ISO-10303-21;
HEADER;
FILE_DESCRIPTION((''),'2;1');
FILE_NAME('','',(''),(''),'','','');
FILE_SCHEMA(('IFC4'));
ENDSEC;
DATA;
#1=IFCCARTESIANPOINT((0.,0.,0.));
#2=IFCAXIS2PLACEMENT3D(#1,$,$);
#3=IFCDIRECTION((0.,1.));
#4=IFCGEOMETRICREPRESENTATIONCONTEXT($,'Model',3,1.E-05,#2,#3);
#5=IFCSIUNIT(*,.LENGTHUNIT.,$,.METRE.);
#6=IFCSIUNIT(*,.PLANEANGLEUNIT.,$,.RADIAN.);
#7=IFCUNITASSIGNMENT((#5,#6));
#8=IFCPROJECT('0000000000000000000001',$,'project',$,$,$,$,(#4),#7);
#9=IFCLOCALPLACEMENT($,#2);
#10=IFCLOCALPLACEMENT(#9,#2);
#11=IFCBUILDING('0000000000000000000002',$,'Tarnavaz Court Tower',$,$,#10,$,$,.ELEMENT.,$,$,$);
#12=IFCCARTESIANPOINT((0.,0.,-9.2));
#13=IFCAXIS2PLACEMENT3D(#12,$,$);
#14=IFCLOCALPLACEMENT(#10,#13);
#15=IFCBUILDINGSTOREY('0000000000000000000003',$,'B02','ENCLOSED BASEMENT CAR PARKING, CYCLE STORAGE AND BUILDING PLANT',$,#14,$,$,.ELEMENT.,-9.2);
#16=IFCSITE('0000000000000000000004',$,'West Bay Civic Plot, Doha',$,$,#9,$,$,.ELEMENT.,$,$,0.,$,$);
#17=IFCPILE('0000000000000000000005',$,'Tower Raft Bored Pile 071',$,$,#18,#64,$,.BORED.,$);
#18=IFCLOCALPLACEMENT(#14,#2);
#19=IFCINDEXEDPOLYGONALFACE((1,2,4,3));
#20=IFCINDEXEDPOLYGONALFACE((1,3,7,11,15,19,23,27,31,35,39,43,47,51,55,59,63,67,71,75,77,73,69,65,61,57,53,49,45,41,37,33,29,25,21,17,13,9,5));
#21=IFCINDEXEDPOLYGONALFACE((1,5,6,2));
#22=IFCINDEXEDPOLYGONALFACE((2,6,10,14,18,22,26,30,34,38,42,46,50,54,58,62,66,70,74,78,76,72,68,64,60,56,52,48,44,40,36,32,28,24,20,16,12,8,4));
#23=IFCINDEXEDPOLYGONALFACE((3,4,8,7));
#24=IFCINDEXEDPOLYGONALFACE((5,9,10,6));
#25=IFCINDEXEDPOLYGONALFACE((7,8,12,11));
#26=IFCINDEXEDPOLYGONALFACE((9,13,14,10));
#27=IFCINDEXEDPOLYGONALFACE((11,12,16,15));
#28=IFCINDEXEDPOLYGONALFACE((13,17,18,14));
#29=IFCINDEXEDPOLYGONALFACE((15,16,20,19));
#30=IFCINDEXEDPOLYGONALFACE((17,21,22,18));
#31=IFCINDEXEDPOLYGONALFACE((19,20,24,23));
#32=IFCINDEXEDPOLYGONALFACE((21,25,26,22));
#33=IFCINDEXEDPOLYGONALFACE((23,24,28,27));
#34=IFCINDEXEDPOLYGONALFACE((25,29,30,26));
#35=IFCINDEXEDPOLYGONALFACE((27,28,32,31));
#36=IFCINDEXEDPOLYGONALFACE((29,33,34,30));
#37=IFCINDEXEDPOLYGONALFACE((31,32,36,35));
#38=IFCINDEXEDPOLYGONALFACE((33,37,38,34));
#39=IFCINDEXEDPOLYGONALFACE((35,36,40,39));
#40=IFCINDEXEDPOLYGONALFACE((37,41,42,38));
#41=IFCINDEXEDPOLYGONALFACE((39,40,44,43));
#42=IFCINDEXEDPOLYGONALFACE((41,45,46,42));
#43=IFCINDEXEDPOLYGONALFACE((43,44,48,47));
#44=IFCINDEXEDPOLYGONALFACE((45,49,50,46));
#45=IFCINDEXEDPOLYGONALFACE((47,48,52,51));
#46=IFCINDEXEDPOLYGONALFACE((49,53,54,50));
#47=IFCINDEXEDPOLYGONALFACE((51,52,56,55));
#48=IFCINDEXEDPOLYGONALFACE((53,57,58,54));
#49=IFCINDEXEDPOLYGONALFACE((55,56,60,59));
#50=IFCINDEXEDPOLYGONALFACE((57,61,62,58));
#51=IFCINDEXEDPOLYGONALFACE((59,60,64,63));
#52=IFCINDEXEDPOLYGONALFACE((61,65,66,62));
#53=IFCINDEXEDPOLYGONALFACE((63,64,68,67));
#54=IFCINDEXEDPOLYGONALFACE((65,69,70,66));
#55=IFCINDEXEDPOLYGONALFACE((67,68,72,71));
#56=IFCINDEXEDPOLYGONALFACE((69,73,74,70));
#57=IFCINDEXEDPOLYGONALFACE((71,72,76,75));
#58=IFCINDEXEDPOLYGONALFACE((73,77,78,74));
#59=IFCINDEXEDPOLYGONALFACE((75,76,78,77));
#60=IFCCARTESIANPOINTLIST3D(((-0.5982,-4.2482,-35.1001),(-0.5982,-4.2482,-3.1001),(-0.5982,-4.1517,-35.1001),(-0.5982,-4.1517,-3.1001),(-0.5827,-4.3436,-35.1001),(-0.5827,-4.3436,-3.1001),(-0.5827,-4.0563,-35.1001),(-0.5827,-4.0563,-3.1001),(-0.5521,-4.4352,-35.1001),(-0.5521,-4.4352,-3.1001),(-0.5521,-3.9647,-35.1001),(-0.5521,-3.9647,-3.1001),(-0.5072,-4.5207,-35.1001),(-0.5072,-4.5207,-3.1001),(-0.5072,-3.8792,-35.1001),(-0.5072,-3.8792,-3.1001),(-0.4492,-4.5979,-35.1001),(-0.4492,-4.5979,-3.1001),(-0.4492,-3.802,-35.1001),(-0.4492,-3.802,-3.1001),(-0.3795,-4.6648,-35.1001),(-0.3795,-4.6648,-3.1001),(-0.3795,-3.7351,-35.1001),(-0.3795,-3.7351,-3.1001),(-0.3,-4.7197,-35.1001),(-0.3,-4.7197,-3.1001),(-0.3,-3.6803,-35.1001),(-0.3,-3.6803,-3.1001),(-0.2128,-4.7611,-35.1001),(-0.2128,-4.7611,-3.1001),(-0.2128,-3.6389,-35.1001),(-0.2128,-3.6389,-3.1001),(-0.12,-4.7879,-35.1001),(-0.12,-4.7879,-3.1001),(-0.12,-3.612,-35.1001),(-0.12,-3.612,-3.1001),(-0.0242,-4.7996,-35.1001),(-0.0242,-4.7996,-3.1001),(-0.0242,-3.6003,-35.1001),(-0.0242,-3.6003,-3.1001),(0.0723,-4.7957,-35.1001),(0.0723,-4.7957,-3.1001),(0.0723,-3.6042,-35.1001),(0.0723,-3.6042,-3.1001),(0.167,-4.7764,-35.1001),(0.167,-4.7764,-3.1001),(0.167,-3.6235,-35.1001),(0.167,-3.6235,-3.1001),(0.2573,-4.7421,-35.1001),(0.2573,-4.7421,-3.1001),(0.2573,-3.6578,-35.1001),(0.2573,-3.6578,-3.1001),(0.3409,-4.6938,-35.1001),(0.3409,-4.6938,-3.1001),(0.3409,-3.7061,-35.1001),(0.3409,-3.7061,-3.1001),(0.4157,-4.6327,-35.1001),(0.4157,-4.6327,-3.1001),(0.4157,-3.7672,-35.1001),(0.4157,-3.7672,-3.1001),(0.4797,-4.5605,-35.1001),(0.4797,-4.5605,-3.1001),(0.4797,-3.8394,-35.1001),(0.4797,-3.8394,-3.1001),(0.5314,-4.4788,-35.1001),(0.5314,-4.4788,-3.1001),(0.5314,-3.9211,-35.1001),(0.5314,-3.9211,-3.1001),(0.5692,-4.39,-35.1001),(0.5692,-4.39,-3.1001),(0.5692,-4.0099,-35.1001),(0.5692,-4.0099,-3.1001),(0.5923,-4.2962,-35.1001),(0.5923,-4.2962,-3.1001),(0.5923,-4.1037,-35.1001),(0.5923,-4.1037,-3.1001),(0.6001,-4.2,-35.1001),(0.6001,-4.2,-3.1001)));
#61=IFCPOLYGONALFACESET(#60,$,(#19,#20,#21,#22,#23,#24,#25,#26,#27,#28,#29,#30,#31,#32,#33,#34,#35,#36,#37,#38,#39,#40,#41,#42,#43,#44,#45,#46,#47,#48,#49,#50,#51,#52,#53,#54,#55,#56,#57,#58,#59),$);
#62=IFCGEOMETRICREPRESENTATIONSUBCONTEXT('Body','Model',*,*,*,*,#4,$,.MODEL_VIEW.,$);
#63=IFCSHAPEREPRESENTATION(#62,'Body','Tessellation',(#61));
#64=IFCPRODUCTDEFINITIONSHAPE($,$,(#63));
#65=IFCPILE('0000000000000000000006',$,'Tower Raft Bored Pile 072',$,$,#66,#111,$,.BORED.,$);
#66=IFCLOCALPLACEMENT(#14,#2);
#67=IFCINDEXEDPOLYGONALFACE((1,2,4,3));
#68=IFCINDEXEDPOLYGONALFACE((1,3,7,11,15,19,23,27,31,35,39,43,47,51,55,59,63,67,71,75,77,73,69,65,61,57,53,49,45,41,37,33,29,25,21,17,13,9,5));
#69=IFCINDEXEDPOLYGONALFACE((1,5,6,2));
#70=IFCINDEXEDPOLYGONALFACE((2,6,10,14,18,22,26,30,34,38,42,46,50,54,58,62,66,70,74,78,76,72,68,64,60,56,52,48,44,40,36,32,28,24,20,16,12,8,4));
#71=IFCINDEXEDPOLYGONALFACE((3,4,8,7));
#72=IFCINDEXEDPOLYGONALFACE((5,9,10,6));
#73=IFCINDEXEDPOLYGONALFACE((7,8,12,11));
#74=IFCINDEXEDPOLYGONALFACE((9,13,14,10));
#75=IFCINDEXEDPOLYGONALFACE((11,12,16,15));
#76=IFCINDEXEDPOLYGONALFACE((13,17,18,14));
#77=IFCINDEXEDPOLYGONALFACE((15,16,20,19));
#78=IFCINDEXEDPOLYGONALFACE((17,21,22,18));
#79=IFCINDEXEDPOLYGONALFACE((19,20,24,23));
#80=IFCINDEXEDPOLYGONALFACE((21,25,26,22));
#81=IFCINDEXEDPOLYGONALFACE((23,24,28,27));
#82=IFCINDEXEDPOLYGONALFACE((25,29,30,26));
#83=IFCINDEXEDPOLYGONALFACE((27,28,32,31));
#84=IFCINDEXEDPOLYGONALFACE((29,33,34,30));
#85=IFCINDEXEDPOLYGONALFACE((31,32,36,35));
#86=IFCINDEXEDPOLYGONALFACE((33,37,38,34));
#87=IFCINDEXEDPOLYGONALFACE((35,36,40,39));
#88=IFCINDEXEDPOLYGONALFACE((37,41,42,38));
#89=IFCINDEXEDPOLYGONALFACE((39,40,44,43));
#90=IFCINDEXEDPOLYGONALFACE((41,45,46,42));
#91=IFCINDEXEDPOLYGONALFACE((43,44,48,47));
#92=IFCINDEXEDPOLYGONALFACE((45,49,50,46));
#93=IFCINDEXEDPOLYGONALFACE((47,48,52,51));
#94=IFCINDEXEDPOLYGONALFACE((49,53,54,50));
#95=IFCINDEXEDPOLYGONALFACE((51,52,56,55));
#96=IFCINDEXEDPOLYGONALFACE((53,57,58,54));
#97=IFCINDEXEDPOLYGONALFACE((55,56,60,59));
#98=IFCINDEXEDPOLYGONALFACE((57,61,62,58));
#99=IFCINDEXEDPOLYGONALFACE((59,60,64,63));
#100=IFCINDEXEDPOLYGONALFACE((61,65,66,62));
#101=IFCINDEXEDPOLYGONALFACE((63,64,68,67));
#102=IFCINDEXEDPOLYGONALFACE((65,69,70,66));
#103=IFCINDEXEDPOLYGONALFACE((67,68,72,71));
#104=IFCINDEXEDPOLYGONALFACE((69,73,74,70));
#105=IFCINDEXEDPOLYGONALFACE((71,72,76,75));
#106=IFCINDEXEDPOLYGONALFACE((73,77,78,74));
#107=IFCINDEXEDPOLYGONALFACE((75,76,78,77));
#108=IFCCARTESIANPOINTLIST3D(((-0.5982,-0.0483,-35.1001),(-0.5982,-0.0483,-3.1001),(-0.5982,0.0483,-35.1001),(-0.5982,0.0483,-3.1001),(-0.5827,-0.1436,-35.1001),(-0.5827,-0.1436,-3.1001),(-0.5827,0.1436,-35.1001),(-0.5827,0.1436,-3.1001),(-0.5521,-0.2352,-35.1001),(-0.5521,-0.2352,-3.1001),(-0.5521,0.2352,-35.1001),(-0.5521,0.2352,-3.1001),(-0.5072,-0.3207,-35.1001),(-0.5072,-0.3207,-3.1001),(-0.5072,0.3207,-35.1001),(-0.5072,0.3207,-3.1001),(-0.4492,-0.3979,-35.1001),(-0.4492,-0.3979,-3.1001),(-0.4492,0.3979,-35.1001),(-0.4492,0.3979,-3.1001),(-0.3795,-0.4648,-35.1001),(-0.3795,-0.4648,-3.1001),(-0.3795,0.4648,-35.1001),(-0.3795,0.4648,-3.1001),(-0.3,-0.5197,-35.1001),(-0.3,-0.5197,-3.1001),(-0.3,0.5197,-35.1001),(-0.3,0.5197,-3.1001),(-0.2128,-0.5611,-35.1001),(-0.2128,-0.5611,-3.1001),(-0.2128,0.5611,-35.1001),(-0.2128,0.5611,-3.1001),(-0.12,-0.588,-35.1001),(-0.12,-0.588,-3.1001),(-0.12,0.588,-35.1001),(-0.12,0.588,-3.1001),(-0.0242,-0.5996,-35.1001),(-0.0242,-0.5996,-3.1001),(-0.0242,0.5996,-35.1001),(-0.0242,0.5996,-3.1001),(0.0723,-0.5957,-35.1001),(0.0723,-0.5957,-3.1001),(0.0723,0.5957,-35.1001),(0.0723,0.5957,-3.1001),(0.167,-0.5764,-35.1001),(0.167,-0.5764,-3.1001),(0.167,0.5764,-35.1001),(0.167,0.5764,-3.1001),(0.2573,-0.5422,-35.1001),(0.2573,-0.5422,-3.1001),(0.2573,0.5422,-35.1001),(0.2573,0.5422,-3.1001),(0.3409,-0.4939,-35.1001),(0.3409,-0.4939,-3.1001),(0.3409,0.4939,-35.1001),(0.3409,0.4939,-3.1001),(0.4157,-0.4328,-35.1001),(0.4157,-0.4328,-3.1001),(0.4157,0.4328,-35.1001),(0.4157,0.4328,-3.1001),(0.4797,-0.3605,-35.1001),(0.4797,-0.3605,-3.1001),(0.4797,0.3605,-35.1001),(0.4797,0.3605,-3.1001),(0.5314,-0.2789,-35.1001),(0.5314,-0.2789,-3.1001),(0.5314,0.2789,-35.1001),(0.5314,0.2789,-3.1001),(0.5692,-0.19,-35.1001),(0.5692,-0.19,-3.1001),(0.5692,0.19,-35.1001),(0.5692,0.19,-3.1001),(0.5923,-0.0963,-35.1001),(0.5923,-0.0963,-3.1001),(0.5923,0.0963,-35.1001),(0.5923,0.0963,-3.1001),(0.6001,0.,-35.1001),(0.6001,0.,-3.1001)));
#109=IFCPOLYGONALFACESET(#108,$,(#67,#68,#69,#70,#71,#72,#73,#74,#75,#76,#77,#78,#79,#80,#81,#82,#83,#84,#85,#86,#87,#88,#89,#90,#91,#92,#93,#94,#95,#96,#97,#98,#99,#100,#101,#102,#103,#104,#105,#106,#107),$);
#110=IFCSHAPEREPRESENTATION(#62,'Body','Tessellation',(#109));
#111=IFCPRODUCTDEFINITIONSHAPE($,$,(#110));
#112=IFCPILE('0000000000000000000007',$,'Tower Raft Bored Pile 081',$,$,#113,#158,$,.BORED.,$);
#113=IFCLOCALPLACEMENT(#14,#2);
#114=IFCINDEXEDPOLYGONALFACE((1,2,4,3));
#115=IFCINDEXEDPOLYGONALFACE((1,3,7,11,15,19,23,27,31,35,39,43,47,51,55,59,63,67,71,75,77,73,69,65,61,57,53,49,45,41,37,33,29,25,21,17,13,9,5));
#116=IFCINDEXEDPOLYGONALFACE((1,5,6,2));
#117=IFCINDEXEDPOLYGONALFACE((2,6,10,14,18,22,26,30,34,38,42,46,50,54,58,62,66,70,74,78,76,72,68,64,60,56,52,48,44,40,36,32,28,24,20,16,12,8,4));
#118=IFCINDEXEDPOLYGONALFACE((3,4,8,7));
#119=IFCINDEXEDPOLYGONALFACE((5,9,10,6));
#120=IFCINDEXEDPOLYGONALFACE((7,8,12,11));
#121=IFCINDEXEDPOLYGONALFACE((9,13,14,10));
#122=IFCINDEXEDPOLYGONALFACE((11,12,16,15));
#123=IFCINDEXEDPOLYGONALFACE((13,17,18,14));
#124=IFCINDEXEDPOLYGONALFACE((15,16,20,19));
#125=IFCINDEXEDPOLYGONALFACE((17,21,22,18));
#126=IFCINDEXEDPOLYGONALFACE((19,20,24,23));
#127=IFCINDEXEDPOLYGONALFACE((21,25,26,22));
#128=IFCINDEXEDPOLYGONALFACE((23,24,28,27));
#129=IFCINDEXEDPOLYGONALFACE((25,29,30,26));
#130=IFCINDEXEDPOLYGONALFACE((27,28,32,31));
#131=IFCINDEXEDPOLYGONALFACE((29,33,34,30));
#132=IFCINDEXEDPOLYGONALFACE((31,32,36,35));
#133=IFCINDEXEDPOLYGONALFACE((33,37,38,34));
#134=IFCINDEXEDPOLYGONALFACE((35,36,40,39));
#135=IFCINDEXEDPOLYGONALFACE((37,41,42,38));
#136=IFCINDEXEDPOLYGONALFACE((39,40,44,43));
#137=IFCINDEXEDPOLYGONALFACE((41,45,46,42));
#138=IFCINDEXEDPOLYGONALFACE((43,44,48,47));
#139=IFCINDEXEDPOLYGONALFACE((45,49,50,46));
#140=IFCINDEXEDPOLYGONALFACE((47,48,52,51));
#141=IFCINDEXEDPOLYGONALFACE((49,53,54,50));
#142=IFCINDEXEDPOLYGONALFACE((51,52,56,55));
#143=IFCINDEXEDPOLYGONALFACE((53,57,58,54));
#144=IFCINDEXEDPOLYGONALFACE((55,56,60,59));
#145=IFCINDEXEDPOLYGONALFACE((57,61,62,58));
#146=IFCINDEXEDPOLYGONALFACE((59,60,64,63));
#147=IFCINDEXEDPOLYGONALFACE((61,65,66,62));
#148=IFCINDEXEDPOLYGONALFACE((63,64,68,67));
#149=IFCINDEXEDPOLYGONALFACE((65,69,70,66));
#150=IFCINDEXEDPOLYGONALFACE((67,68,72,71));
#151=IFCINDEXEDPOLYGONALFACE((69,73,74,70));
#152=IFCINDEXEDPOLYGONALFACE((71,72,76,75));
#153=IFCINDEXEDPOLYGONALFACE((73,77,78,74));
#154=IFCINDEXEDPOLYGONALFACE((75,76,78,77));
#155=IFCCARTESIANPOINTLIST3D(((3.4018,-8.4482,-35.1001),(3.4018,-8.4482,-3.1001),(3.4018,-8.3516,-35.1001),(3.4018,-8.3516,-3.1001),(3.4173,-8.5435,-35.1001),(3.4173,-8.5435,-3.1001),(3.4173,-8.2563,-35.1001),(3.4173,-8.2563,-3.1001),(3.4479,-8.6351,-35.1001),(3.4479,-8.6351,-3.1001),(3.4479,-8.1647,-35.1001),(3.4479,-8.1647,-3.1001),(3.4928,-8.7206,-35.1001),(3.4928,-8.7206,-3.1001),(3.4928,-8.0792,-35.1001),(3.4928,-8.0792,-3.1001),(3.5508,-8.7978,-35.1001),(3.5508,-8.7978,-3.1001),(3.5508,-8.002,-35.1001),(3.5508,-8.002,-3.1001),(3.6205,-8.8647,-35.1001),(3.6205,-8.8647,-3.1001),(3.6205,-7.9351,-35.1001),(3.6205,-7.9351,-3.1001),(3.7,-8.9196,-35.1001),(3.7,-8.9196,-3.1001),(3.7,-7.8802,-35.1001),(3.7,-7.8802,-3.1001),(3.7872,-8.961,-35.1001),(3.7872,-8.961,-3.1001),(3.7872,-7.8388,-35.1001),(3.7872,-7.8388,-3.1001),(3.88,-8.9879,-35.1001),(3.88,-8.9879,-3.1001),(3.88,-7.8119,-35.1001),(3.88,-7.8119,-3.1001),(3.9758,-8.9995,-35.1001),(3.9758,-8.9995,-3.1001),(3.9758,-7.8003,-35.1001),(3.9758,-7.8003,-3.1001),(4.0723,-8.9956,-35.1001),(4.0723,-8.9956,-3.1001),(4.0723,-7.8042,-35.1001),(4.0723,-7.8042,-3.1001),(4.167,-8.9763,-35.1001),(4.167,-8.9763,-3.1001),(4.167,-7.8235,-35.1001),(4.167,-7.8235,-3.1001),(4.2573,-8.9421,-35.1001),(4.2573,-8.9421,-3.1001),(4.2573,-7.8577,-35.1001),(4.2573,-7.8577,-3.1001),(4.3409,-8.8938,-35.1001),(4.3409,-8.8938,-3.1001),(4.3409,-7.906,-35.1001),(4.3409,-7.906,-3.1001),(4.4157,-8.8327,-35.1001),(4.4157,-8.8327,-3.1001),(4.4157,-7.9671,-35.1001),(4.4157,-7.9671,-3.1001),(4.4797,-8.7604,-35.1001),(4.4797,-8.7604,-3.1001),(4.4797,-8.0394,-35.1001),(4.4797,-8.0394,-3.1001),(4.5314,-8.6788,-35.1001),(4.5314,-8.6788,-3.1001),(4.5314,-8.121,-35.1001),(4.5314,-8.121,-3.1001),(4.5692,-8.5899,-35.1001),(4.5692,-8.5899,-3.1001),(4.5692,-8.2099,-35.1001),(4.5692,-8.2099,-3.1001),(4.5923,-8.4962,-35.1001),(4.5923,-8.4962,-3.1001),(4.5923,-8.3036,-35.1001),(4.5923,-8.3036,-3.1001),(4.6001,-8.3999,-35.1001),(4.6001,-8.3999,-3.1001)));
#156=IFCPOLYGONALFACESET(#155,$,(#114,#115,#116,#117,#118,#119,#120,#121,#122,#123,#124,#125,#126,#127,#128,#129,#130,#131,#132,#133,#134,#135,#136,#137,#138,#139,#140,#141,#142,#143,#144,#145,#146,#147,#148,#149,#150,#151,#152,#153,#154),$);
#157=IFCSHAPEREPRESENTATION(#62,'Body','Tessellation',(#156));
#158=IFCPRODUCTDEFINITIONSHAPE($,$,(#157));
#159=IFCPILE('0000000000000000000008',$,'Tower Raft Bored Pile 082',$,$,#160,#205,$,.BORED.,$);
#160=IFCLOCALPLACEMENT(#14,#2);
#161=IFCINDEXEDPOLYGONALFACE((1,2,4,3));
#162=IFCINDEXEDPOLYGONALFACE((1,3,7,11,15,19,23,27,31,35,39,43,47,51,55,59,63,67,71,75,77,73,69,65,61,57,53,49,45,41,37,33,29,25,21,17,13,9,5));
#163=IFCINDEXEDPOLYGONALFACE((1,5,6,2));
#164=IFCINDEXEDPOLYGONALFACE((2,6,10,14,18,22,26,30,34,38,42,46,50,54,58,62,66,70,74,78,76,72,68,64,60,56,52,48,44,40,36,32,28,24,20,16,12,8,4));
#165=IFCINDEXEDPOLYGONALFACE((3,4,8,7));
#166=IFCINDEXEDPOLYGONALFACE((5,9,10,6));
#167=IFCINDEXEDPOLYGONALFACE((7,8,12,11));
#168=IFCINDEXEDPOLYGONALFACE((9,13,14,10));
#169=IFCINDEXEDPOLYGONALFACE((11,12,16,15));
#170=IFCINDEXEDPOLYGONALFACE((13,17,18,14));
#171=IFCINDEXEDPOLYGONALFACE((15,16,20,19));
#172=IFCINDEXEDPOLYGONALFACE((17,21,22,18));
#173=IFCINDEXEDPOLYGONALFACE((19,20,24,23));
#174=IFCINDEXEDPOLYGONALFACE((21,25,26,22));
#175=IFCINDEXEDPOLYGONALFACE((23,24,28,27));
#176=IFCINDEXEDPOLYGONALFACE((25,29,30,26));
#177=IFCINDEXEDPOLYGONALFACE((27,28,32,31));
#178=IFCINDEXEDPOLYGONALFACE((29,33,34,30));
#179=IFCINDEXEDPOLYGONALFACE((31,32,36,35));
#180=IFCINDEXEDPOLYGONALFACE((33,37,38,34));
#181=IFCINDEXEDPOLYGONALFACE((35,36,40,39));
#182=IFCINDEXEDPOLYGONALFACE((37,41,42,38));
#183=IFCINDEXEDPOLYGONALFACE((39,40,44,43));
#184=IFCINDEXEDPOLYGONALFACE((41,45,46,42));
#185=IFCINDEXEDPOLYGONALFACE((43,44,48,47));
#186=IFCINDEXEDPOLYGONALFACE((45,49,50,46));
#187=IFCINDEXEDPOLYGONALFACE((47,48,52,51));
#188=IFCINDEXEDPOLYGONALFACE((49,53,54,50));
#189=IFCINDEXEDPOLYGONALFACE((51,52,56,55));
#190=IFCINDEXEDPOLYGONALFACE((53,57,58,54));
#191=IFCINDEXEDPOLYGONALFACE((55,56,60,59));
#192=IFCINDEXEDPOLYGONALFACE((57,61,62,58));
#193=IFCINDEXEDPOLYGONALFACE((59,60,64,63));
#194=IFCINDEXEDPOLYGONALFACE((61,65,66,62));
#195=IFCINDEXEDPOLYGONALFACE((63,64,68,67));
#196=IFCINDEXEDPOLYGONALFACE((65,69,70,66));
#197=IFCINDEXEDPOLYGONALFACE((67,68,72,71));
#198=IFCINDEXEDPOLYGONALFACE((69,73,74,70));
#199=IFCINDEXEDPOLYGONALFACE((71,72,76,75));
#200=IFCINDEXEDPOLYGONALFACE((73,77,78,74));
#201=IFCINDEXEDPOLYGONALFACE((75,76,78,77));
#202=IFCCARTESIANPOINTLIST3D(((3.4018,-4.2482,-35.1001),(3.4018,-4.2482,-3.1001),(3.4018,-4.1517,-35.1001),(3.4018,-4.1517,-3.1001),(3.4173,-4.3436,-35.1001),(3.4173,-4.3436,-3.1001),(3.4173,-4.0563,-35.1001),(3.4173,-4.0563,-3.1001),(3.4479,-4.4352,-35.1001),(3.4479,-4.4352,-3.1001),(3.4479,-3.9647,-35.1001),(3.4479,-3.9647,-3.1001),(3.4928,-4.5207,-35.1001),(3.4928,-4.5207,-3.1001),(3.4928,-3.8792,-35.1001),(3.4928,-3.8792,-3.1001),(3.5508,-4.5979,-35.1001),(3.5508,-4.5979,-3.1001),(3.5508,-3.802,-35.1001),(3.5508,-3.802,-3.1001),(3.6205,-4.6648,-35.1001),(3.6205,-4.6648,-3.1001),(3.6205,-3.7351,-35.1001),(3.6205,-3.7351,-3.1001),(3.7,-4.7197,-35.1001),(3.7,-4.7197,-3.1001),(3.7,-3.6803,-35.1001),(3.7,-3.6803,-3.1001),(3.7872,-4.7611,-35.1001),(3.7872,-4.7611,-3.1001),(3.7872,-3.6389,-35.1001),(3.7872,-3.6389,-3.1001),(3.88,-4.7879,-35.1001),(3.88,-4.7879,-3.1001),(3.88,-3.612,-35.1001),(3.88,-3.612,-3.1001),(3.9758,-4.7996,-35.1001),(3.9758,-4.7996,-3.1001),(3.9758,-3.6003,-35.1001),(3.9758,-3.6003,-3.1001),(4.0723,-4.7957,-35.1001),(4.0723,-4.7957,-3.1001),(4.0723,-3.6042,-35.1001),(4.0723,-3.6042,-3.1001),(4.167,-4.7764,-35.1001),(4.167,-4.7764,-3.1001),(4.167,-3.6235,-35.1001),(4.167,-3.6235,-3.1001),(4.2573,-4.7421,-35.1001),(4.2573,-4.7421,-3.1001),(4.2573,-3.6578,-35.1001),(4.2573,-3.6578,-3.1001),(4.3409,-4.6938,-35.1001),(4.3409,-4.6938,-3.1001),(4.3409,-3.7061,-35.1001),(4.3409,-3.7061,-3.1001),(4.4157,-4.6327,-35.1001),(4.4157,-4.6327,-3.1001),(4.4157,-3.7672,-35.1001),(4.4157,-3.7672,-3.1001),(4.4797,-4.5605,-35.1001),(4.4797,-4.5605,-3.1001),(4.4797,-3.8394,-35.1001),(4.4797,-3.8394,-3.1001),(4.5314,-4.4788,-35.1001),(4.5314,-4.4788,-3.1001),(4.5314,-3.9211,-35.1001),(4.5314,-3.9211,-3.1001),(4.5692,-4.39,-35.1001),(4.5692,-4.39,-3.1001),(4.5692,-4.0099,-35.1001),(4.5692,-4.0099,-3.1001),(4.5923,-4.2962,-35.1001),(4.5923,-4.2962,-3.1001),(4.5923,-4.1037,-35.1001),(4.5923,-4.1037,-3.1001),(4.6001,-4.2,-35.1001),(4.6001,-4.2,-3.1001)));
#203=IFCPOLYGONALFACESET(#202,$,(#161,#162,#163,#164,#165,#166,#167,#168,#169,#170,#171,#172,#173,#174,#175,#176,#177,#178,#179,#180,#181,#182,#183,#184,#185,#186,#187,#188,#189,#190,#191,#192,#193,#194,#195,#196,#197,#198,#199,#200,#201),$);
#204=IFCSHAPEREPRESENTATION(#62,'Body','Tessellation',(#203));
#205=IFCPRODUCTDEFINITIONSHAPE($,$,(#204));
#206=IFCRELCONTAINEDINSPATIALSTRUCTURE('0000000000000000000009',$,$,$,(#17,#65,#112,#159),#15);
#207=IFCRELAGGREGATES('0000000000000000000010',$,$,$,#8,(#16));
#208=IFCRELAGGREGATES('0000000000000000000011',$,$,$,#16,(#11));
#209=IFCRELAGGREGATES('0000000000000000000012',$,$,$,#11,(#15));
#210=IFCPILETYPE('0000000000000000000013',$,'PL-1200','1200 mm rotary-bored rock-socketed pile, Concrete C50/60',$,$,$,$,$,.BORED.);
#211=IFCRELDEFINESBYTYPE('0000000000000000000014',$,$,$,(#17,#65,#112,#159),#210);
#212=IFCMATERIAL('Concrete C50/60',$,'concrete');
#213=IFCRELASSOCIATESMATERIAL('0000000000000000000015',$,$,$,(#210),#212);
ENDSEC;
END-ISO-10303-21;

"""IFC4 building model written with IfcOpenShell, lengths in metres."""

from ifc_helpers import new_model, si_unit, direction, frame, origin, origin_2d, place, context, subcontext, project, spatial, circle, extrude, material, material_profile, profile_set, type_object, element, save


model = new_model("IFC4")

# Units and contexts
model_context = context("Model", 3, precision=1e-05, world=origin(), true_north=direction((0.0, 1.0)))
body_context = subcontext(model_context, "Body", "Model", "MODEL_VIEW")
ifc_project = project(units=[si_unit("LENGTHUNIT", "METRE"), si_unit("PLANEANGLEUNIT", "RADIAN")], contexts=[model_context])

# Site, building, storey
site_placement = place(None, origin())
site = spatial("IfcSite", under=ifc_project, at=site_placement, Name="West Bay Civic Plot, Doha", CompositionType="ELEMENT", RefElevation=0.0)
building_placement = place(site_placement, origin())
building = spatial("IfcBuilding", under=site, at=building_placement, Name="Tarnavaz Court Tower", CompositionType="ELEMENT")
storey_placement = place(building_placement, frame((0.0, 0.0, -9.2)))
storey = spatial("IfcBuildingStorey", under=building, at=storey_placement, Name="B02", Description="ENCLOSED BASEMENT CAR PARKING, CYCLE STORAGE AND BUILDING PLANT", CompositionType="ELEMENT", Elevation=-9.2)

# Piles
ifc_material_1 = material(Name="Concrete C50/60", Category="concrete")
ifc_material_profile_1 = material_profile(ifc_material_1, circle(Radius=0.6001, at=origin_2d()), Name="PILE D1200")
ifc_profile_set_1 = profile_set([ifc_material_profile_1], Name="Concrete C50/60")
pile_type = type_object("IfcPileType", Name="PL-1200", Description="1200 mm rotary-bored rock-socketed pile, Concrete C50/60", PredefinedType="BORED", material=ifc_profile_set_1)
for number, where, z_axis, x_axis, name in (
    (1, (0.0, -4.2, -3.1001), (0.0, 0.0, -1.0), (1.0, 0.0, 0.0), "Tower Raft Bored Pile 071"),
    (2, (0.0, 0.0, -3.1001), (0.0, 0.0, -1.0), (1.0, 0.0, 0.0), "Tower Raft Bored Pile 072"),
    (3, (4.0, -8.3999, -3.1001), (0.0, 0.0, -1.0), (1.0, 0.0, 0.0), "Tower Raft Bored Pile 081"),
    (4, (4.0, -4.2, -3.1001), (0.0, 0.0, -1.0), (1.0, 0.0, 0.0), "Tower Raft Bored Pile 082"),
):
    element("IfcPile", number, at=place(storey_placement, frame(where, z_axis=z_axis, x_axis=x_axis)), inside=storey, type_object=pile_type, Name=name, PredefinedType="BORED", context=body_context, shape_type="SweptSolid", body=[
        extrude(circle(Radius=0.6001, at=origin_2d()), origin(), (0.0, 0.0, 1.0), 32.0),
    ])

save(model, "model.ifc")
